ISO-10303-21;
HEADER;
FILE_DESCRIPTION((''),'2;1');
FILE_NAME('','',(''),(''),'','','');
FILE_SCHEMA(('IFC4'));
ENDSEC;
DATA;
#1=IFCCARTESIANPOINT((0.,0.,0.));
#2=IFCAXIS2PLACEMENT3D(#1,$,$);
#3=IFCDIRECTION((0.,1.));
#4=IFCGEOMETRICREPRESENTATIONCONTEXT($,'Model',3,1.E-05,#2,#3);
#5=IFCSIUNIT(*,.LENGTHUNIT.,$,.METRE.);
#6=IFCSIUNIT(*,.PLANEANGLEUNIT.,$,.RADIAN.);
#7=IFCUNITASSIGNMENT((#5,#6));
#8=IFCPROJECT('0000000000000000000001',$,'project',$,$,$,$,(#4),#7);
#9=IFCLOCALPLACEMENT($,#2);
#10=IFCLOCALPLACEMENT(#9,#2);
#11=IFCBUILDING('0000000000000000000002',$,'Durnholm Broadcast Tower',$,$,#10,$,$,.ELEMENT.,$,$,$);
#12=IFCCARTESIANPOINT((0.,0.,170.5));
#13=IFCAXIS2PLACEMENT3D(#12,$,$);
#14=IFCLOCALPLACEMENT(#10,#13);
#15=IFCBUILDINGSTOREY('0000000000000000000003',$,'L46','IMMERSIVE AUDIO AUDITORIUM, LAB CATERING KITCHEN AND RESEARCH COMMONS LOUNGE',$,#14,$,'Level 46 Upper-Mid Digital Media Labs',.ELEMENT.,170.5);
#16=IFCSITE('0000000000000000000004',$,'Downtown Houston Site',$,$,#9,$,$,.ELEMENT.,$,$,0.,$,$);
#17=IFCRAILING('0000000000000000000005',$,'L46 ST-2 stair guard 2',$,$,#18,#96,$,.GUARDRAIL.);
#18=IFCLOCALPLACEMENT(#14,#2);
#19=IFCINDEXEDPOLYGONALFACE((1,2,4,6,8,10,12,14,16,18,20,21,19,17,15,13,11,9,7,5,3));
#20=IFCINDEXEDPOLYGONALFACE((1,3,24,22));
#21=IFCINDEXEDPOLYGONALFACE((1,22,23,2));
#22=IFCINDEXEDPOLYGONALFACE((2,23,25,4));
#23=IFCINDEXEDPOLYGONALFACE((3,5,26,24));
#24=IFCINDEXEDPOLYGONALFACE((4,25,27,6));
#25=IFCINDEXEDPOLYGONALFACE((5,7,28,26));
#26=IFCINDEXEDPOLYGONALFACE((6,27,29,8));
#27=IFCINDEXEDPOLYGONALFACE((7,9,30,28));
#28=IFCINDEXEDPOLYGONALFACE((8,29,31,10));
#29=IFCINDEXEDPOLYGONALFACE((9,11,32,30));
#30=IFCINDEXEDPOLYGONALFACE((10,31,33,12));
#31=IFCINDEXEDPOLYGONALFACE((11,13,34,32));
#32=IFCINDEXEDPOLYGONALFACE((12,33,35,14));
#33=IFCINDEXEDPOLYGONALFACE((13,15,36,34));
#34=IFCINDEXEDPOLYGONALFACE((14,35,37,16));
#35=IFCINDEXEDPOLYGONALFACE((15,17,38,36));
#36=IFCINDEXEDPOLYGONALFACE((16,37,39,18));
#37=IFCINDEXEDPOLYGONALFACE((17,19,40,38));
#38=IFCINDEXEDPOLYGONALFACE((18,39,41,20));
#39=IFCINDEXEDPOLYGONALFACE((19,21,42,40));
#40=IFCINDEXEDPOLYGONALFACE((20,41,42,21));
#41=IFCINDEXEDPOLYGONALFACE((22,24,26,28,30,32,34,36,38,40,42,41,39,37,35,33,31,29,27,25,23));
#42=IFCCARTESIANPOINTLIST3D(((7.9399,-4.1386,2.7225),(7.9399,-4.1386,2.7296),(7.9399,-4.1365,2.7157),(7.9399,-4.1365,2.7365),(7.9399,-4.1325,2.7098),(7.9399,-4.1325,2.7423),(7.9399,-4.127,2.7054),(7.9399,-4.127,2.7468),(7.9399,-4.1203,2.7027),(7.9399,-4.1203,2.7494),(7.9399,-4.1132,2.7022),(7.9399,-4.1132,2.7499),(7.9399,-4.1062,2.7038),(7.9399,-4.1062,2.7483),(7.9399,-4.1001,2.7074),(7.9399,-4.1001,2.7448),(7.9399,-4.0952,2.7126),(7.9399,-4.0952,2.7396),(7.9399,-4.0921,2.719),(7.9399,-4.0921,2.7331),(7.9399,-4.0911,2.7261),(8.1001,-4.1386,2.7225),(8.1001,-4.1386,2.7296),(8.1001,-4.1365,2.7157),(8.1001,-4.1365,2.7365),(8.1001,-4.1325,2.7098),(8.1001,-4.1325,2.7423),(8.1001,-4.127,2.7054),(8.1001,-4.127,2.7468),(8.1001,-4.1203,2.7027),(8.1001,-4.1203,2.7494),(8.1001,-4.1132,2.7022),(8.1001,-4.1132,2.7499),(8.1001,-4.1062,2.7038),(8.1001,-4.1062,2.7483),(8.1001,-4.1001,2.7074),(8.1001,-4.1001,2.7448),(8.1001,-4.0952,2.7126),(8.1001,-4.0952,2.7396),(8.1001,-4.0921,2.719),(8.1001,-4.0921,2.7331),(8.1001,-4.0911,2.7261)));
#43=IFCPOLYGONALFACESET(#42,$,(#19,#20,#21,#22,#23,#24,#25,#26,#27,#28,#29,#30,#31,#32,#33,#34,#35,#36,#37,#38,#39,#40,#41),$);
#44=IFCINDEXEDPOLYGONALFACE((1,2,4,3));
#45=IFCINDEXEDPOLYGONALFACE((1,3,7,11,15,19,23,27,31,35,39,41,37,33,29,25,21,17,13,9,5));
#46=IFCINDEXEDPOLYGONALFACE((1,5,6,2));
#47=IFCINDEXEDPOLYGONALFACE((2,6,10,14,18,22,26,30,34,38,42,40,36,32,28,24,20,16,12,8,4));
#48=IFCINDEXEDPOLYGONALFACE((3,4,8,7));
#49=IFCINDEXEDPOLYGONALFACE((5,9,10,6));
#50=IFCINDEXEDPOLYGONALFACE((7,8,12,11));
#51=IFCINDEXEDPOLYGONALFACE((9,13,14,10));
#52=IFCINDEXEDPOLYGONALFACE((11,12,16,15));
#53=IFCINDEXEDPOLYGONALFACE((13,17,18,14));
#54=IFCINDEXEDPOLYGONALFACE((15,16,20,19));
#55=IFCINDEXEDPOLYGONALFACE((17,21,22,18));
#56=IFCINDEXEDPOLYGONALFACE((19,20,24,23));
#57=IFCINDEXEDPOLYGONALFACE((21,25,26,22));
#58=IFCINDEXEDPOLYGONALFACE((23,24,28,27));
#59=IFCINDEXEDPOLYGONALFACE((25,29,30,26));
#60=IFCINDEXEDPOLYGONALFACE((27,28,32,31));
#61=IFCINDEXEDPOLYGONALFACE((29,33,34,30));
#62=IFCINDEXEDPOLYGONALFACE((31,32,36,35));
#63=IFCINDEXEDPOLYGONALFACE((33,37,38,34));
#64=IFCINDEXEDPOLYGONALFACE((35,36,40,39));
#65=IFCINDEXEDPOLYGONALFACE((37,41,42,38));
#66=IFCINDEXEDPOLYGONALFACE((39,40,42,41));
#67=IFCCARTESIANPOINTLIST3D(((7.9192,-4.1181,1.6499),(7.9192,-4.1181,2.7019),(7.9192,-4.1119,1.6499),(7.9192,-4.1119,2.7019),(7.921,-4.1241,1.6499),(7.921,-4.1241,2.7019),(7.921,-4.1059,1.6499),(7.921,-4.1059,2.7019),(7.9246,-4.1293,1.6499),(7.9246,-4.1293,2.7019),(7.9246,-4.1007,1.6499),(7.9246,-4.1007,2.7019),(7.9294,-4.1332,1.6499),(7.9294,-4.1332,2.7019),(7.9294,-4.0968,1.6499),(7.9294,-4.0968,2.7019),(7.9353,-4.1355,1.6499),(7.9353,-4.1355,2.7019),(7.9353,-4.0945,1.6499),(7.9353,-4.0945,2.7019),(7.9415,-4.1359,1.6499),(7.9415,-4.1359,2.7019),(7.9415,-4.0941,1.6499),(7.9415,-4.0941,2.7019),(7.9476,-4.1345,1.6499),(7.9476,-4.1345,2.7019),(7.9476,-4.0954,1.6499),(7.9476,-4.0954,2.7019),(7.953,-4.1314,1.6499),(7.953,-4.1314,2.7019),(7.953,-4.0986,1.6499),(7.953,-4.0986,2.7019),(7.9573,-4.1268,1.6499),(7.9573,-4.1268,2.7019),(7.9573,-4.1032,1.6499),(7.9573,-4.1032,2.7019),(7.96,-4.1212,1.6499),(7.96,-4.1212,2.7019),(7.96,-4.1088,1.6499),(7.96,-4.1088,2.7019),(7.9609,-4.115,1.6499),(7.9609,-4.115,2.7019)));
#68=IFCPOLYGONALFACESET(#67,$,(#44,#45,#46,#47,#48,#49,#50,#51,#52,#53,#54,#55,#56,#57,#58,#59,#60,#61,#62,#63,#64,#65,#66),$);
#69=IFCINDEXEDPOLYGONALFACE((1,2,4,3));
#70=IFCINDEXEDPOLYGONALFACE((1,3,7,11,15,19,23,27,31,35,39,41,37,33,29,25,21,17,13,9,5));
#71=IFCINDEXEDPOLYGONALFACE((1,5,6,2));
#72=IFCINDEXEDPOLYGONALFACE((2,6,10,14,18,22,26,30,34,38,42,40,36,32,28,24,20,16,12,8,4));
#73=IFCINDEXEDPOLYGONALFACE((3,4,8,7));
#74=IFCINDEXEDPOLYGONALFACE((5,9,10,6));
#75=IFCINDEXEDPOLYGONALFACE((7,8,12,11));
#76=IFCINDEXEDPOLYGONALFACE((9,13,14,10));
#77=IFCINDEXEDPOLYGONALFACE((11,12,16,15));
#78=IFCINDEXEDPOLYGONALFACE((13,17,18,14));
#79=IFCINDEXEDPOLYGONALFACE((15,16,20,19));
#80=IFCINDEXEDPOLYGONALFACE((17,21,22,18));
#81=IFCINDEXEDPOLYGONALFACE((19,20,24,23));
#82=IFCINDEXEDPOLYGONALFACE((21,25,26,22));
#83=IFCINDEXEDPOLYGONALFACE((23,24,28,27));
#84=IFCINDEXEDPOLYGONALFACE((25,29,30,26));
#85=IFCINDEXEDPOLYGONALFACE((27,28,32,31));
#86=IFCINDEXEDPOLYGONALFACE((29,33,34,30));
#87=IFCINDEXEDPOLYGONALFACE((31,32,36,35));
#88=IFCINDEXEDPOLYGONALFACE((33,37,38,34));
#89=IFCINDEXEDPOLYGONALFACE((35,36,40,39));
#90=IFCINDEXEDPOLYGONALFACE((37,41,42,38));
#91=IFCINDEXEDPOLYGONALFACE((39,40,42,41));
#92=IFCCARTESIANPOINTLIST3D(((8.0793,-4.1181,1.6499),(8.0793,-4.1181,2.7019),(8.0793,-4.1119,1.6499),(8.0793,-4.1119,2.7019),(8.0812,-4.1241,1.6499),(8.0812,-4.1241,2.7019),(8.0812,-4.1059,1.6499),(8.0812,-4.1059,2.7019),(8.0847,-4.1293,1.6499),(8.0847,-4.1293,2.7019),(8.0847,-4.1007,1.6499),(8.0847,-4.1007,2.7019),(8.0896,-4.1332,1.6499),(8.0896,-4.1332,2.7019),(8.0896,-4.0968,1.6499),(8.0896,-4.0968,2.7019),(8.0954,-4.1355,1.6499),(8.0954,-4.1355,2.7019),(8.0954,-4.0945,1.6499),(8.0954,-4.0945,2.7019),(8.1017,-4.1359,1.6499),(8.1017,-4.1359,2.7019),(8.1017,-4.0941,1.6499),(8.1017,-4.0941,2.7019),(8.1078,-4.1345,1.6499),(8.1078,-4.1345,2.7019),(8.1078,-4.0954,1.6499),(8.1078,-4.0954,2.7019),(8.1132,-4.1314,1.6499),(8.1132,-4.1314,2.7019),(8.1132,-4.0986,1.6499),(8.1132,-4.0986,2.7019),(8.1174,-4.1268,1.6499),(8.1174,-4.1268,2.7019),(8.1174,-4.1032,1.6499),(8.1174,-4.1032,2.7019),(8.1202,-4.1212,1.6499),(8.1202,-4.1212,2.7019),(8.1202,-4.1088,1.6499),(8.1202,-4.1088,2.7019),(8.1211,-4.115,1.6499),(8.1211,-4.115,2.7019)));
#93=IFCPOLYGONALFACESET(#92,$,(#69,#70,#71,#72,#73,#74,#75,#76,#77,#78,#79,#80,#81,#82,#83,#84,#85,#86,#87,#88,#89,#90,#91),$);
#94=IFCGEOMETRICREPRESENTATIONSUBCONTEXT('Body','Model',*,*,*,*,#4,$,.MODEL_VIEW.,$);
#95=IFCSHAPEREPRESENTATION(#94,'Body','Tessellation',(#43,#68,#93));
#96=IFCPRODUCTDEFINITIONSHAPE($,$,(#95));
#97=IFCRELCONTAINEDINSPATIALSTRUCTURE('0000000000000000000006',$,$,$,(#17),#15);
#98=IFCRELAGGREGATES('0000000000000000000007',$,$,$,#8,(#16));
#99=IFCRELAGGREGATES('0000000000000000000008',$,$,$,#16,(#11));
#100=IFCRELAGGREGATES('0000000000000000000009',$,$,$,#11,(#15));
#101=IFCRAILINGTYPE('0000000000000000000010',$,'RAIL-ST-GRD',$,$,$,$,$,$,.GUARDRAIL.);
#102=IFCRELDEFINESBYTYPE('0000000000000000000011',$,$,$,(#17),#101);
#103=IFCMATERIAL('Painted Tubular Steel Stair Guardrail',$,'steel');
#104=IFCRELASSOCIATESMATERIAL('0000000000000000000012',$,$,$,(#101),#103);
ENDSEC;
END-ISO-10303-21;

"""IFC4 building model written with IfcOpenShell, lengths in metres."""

from ifc_helpers import new_model, si_unit, direction, frame, origin, origin_2d, place, context, subcontext, project, spatial, circle, extrude, material, type_object, element, save


model = new_model("IFC4")

# Units and contexts
model_context = context("Model", 3, precision=1e-05, world=origin(), true_north=direction((0.0, 1.0)))
body_context = subcontext(model_context, "Body", "Model", "MODEL_VIEW")
ifc_project = project(units=[si_unit("LENGTHUNIT", "METRE"), si_unit("PLANEANGLEUNIT", "RADIAN")], contexts=[model_context])

# Site, building, storey
site_placement = place(None, origin())
site = spatial("IfcSite", under=ifc_project, at=site_placement, Name="Downtown Houston Site", CompositionType="ELEMENT", RefElevation=0.0)
building_placement = place(site_placement, origin())
building = spatial("IfcBuilding", under=site, at=building_placement, Name="Durnholm Broadcast Tower", CompositionType="ELEMENT")
storey_placement = place(building_placement, frame((0.0, 0.0, 170.5)))
storey = spatial("IfcBuildingStorey", under=building, at=storey_placement, Name="L46", Description="IMMERSIVE AUDIO AUDITORIUM, LAB CATERING KITCHEN AND RESEARCH COMMONS LOUNGE", LongName="Level 46 Upper-Mid Digital Media Labs", CompositionType="ELEMENT", Elevation=170.5)

# Railing
ifc_material_1 = material(Name="Painted Tubular Steel Stair Guardrail", Category="steel")
railing_type_1 = type_object("IfcRailingType", Name="RAIL-ST-GRD", PredefinedType="GUARDRAIL", material=ifc_material_1)
railing_1_placement = place(storey_placement, frame((7.9399, -4.115, 1.6499)))
element("IfcRailing", 1, at=railing_1_placement, inside=storey, type_object=railing_type_1, Name="L46 ST-2 stair guard 2", PredefinedType="GUARDRAIL", context=body_context, shape_type="SweptSolid", body=[
    extrude(circle(Radius=0.0239, at=origin_2d()), frame((0.0, 0.0, 1.0762), z_axis=(1.0, 0.0, 0.0), x_axis=(0.0, 1.0, 0.0)), (0.0, 0.0, 1.0), 0.1602),
    extrude(circle(Radius=0.021, at=origin_2d()), origin(), (0.0, 0.0, 1.0), 1.052),
    extrude(circle(Radius=0.021, at=origin_2d()), frame((0.1602, 0.0, 0.0)), (0.0, 0.0, 1.0), 1.052),
])

save(model, "model.ifc")
